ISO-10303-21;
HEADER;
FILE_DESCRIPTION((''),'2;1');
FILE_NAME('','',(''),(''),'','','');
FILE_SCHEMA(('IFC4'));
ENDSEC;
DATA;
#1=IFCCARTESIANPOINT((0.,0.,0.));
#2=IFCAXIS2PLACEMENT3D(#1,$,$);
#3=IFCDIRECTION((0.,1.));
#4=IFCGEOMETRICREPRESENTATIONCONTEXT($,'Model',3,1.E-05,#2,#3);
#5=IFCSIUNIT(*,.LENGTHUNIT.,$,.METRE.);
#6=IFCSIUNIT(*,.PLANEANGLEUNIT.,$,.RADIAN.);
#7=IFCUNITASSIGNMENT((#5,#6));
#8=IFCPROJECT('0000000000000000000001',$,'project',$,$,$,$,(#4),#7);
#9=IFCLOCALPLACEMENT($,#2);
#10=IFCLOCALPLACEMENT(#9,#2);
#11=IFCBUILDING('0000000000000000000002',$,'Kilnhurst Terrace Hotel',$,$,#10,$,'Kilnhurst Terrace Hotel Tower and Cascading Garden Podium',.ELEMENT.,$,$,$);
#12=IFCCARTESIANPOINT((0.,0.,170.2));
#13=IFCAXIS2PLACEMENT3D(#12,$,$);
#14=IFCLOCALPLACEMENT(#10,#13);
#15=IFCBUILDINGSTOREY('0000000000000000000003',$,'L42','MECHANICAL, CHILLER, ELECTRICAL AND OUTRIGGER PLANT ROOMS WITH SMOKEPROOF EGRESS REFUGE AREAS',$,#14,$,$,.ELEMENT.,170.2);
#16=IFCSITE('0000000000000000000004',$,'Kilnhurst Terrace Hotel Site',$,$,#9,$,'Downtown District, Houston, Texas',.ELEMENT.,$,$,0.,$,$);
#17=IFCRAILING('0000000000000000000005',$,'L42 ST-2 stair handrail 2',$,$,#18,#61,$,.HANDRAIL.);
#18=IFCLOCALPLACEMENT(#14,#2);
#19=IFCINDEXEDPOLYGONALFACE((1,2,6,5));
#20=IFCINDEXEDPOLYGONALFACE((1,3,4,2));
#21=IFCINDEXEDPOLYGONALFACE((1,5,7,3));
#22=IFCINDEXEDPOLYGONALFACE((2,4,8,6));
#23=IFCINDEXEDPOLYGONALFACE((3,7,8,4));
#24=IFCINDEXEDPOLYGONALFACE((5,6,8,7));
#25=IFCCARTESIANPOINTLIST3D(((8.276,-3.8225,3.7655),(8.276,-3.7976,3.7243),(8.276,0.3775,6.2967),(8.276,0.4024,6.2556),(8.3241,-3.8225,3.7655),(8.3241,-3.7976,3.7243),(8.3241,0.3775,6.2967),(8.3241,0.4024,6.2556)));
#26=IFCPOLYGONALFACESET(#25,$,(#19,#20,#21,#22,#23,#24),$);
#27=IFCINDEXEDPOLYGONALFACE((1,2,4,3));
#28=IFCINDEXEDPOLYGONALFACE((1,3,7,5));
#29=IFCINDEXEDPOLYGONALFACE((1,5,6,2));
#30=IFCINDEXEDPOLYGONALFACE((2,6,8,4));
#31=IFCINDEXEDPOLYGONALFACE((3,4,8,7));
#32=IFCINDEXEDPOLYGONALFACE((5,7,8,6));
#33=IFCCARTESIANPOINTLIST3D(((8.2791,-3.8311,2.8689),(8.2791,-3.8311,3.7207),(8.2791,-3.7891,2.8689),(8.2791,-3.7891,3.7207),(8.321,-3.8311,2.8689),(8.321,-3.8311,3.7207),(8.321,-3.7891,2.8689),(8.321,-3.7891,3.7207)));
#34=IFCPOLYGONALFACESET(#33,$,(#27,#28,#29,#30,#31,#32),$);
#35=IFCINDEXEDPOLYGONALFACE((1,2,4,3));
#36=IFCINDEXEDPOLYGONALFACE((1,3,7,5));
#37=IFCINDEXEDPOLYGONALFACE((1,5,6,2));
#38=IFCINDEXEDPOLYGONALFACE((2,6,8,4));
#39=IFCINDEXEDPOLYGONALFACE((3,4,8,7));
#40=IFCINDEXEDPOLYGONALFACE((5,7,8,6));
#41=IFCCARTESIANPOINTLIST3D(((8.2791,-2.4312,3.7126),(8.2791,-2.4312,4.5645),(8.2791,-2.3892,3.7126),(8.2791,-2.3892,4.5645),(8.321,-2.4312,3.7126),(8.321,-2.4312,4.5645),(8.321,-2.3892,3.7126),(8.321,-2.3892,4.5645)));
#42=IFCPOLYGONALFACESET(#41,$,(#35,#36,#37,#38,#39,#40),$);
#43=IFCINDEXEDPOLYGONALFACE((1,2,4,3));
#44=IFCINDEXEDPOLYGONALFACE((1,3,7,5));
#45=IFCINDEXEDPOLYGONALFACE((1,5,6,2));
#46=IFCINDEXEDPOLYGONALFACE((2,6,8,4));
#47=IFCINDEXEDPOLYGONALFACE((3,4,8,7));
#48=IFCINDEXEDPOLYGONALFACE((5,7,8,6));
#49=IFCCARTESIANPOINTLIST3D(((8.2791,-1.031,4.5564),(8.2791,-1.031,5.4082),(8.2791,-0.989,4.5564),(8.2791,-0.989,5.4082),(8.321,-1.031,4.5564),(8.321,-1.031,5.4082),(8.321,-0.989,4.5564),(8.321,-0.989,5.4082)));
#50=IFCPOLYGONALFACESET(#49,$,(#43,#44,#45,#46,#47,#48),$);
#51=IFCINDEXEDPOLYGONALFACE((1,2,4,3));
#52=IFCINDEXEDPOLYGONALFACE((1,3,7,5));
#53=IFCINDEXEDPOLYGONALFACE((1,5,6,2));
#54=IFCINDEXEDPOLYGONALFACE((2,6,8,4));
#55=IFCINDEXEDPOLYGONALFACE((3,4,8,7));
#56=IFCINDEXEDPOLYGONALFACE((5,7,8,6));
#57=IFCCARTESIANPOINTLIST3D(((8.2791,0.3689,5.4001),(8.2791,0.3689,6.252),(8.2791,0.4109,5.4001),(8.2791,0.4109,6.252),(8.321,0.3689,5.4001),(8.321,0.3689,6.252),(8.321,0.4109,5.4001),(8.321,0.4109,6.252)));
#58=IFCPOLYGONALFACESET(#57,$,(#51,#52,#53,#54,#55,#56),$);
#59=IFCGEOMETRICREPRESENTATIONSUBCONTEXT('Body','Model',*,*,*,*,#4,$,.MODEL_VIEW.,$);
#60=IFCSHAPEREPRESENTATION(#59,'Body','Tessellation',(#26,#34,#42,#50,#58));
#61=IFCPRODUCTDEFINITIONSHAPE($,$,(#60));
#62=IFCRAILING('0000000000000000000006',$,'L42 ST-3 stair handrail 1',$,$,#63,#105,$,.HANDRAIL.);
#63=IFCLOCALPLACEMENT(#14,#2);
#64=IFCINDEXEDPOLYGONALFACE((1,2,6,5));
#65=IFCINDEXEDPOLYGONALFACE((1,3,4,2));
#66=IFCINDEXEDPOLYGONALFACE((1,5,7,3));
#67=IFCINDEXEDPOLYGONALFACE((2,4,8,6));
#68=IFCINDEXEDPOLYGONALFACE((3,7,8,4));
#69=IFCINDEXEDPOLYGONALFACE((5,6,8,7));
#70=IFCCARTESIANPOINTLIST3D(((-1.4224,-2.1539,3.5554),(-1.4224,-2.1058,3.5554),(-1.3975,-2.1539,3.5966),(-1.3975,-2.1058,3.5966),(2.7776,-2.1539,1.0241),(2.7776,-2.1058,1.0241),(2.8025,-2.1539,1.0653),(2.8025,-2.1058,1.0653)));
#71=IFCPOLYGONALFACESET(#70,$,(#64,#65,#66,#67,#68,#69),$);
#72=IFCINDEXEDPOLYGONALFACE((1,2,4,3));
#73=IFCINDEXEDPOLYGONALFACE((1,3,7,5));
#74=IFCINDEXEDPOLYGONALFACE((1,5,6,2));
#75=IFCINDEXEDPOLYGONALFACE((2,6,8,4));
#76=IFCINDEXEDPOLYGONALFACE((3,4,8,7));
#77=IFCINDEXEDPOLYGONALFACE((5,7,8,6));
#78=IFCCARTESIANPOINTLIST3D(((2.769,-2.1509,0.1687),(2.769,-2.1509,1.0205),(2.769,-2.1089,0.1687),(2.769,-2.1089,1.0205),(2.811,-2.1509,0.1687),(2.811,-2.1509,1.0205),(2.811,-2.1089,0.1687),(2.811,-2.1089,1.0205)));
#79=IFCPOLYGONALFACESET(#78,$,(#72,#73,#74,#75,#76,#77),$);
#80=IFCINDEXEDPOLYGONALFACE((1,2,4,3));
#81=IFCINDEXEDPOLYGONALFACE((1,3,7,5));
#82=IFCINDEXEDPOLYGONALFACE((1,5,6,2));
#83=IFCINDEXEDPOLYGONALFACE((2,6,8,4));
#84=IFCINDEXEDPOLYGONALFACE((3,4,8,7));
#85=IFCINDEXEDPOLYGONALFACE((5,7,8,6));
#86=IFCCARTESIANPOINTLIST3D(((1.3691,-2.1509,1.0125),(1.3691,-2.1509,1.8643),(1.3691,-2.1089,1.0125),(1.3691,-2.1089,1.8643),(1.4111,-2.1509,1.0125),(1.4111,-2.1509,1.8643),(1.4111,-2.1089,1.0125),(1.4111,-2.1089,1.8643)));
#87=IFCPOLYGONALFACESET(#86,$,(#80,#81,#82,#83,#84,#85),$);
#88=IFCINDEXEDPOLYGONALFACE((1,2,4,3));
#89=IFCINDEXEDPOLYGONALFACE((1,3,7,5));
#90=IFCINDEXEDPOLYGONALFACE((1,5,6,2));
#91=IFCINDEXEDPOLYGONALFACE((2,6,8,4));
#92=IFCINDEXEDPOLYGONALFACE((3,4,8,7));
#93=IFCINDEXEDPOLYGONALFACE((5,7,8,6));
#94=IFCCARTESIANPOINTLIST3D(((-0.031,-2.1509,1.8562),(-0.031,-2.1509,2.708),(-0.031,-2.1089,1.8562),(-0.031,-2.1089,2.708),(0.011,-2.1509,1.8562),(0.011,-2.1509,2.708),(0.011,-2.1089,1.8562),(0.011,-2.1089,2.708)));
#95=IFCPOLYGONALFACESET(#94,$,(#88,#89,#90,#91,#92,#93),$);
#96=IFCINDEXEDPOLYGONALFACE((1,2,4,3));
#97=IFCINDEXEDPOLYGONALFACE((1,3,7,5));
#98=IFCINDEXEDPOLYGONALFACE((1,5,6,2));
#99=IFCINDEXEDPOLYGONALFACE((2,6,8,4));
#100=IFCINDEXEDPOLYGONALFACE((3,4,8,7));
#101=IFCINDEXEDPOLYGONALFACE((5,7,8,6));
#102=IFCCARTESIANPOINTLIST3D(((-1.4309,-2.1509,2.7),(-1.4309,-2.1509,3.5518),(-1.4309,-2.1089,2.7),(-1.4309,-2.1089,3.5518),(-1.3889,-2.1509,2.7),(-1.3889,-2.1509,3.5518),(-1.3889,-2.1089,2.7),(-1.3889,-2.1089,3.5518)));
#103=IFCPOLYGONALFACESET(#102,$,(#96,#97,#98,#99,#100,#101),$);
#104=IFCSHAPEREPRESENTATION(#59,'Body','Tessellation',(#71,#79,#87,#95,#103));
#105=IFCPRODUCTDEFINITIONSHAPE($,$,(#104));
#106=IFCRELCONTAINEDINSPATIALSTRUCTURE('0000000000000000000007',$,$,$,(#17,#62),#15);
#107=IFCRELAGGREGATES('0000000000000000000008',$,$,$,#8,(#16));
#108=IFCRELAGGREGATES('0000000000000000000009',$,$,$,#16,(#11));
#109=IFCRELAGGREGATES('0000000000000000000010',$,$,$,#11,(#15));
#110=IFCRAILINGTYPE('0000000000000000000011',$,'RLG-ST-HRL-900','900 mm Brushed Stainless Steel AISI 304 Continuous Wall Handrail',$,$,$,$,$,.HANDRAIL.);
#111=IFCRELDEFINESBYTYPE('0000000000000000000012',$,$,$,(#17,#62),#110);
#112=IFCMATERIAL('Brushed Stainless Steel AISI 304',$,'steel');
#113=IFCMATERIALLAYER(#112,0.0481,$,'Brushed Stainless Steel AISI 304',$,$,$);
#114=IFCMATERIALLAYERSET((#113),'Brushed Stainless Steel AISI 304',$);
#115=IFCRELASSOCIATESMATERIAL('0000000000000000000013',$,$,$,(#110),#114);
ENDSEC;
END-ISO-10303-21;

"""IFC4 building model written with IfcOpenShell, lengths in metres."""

from ifc_helpers import new_model, si_unit, direction, frame, origin, origin_2d, place, context, subcontext, project, spatial, rectangle, extrude, material, layer, layer_set, type_object, element, save


model = new_model("IFC4")

# Units and contexts
model_context = context("Model", 3, precision=1e-05, world=origin(), true_north=direction((0.0, 1.0)))
body_context = subcontext(model_context, "Body", "Model", "MODEL_VIEW")
ifc_project = project(units=[si_unit("LENGTHUNIT", "METRE"), si_unit("PLANEANGLEUNIT", "RADIAN")], contexts=[model_context])

# Site, building, storey
site_placement = place(None, origin())
site = spatial("IfcSite", under=ifc_project, at=site_placement, Name="Kilnhurst Terrace Hotel Site", LongName="Downtown District, Houston, Texas", CompositionType="ELEMENT", RefElevation=0.0)
building_placement = place(site_placement, origin())
building = spatial("IfcBuilding", under=site, at=building_placement, Name="Kilnhurst Terrace Hotel", LongName="Kilnhurst Terrace Hotel Tower and Cascading Garden Podium", CompositionType="ELEMENT")
storey_placement = place(building_placement, frame((0.0, 0.0, 170.2)))
storey = spatial("IfcBuildingStorey", under=building, at=storey_placement, Name="L42", Description="MECHANICAL, CHILLER, ELECTRICAL AND OUTRIGGER PLANT ROOMS WITH SMOKEPROOF EGRESS REFUGE AREAS", CompositionType="ELEMENT", Elevation=170.2)

# Railings
ifc_material_1 = material(Name="Brushed Stainless Steel AISI 304", Category="steel")
ifc_layer_1 = layer(ifc_material_1, 0.0481, Name="Brushed Stainless Steel AISI 304")
ifc_layer_set_1 = layer_set([ifc_layer_1], Name="Brushed Stainless Steel AISI 304")
railing_type_1 = type_object("IfcRailingType", Name="RLG-ST-HRL-900", Description="900 mm Brushed Stainless Steel AISI 304 Continuous Wall Handrail", PredefinedType="HANDRAIL", material=ifc_layer_set_1)
railing_1_placement = place(storey_placement, frame((8.3, -3.8101, 2.8689)))
element("IfcRailing", 1, at=railing_1_placement, inside=storey, type_object=railing_type_1, Name="L42 ST-2 stair handrail 2", PredefinedType="HANDRAIL", context=body_context, shape_type="SweptSolid", body=[
    extrude(rectangle(XDim=0.0481, YDim=0.0481, at=origin_2d()), frame((0.0, 0.0, 0.876), z_axis=(0.0, 0.856476, 0.516186), x_axis=(-1.0, 0.0, 0.0)), (0.0, 0.0, 1.0), 4.9038),
    extrude(rectangle(XDim=0.042, YDim=0.042, at=origin_2d()), origin(), (0.0, 0.0, 1.0), 0.8518),
    extrude(rectangle(XDim=0.042, YDim=0.042, at=origin_2d()), frame((0.0, 1.3999, 0.8438)), (0.0, 0.0, 1.0), 0.8518),
    extrude(rectangle(XDim=0.042, YDim=0.042, at=origin_2d()), frame((0.0, 2.8, 1.6875)), (0.0, 0.0, 1.0), 0.8518),
    extrude(rectangle(XDim=0.042, YDim=0.042, at=origin_2d()), frame((0.0, 4.2, 2.5312)), (0.0, 0.0, 1.0), 0.8518),
])
railing_2_placement = place(storey_placement, frame((2.79, -2.1299, 0.1687)))
element("IfcRailing", 2, at=railing_2_placement, inside=storey, type_object=railing_type_1, Name="L42 ST-3 stair handrail 1", PredefinedType="HANDRAIL", context=body_context, shape_type="SweptSolid", body=[
    extrude(rectangle(XDim=0.0481, YDim=0.0481, at=origin_2d()), frame((0.0, 0.0, 0.876), z_axis=(-0.856476, 0.0, 0.516186), x_axis=(0.0, -1.0, 0.0)), (0.0, 0.0, 1.0), 4.9038),
    extrude(rectangle(XDim=0.042, YDim=0.042, at=origin_2d()), origin(), (0.0, 0.0, 1.0), 0.8518),
    extrude(rectangle(XDim=0.042, YDim=0.042, at=origin_2d()), frame((-1.3999, 0.0, 0.8438)), (0.0, 0.0, 1.0), 0.8518),
    extrude(rectangle(XDim=0.042, YDim=0.042, at=origin_2d()), frame((-2.8, 0.0, 1.6875)), (0.0, 0.0, 1.0), 0.8518),
    extrude(rectangle(XDim=0.042, YDim=0.042, at=origin_2d()), frame((-4.2, 0.0, 2.5312)), (0.0, 0.0, 1.0), 0.8518),
])

save(model, "model.ifc")
